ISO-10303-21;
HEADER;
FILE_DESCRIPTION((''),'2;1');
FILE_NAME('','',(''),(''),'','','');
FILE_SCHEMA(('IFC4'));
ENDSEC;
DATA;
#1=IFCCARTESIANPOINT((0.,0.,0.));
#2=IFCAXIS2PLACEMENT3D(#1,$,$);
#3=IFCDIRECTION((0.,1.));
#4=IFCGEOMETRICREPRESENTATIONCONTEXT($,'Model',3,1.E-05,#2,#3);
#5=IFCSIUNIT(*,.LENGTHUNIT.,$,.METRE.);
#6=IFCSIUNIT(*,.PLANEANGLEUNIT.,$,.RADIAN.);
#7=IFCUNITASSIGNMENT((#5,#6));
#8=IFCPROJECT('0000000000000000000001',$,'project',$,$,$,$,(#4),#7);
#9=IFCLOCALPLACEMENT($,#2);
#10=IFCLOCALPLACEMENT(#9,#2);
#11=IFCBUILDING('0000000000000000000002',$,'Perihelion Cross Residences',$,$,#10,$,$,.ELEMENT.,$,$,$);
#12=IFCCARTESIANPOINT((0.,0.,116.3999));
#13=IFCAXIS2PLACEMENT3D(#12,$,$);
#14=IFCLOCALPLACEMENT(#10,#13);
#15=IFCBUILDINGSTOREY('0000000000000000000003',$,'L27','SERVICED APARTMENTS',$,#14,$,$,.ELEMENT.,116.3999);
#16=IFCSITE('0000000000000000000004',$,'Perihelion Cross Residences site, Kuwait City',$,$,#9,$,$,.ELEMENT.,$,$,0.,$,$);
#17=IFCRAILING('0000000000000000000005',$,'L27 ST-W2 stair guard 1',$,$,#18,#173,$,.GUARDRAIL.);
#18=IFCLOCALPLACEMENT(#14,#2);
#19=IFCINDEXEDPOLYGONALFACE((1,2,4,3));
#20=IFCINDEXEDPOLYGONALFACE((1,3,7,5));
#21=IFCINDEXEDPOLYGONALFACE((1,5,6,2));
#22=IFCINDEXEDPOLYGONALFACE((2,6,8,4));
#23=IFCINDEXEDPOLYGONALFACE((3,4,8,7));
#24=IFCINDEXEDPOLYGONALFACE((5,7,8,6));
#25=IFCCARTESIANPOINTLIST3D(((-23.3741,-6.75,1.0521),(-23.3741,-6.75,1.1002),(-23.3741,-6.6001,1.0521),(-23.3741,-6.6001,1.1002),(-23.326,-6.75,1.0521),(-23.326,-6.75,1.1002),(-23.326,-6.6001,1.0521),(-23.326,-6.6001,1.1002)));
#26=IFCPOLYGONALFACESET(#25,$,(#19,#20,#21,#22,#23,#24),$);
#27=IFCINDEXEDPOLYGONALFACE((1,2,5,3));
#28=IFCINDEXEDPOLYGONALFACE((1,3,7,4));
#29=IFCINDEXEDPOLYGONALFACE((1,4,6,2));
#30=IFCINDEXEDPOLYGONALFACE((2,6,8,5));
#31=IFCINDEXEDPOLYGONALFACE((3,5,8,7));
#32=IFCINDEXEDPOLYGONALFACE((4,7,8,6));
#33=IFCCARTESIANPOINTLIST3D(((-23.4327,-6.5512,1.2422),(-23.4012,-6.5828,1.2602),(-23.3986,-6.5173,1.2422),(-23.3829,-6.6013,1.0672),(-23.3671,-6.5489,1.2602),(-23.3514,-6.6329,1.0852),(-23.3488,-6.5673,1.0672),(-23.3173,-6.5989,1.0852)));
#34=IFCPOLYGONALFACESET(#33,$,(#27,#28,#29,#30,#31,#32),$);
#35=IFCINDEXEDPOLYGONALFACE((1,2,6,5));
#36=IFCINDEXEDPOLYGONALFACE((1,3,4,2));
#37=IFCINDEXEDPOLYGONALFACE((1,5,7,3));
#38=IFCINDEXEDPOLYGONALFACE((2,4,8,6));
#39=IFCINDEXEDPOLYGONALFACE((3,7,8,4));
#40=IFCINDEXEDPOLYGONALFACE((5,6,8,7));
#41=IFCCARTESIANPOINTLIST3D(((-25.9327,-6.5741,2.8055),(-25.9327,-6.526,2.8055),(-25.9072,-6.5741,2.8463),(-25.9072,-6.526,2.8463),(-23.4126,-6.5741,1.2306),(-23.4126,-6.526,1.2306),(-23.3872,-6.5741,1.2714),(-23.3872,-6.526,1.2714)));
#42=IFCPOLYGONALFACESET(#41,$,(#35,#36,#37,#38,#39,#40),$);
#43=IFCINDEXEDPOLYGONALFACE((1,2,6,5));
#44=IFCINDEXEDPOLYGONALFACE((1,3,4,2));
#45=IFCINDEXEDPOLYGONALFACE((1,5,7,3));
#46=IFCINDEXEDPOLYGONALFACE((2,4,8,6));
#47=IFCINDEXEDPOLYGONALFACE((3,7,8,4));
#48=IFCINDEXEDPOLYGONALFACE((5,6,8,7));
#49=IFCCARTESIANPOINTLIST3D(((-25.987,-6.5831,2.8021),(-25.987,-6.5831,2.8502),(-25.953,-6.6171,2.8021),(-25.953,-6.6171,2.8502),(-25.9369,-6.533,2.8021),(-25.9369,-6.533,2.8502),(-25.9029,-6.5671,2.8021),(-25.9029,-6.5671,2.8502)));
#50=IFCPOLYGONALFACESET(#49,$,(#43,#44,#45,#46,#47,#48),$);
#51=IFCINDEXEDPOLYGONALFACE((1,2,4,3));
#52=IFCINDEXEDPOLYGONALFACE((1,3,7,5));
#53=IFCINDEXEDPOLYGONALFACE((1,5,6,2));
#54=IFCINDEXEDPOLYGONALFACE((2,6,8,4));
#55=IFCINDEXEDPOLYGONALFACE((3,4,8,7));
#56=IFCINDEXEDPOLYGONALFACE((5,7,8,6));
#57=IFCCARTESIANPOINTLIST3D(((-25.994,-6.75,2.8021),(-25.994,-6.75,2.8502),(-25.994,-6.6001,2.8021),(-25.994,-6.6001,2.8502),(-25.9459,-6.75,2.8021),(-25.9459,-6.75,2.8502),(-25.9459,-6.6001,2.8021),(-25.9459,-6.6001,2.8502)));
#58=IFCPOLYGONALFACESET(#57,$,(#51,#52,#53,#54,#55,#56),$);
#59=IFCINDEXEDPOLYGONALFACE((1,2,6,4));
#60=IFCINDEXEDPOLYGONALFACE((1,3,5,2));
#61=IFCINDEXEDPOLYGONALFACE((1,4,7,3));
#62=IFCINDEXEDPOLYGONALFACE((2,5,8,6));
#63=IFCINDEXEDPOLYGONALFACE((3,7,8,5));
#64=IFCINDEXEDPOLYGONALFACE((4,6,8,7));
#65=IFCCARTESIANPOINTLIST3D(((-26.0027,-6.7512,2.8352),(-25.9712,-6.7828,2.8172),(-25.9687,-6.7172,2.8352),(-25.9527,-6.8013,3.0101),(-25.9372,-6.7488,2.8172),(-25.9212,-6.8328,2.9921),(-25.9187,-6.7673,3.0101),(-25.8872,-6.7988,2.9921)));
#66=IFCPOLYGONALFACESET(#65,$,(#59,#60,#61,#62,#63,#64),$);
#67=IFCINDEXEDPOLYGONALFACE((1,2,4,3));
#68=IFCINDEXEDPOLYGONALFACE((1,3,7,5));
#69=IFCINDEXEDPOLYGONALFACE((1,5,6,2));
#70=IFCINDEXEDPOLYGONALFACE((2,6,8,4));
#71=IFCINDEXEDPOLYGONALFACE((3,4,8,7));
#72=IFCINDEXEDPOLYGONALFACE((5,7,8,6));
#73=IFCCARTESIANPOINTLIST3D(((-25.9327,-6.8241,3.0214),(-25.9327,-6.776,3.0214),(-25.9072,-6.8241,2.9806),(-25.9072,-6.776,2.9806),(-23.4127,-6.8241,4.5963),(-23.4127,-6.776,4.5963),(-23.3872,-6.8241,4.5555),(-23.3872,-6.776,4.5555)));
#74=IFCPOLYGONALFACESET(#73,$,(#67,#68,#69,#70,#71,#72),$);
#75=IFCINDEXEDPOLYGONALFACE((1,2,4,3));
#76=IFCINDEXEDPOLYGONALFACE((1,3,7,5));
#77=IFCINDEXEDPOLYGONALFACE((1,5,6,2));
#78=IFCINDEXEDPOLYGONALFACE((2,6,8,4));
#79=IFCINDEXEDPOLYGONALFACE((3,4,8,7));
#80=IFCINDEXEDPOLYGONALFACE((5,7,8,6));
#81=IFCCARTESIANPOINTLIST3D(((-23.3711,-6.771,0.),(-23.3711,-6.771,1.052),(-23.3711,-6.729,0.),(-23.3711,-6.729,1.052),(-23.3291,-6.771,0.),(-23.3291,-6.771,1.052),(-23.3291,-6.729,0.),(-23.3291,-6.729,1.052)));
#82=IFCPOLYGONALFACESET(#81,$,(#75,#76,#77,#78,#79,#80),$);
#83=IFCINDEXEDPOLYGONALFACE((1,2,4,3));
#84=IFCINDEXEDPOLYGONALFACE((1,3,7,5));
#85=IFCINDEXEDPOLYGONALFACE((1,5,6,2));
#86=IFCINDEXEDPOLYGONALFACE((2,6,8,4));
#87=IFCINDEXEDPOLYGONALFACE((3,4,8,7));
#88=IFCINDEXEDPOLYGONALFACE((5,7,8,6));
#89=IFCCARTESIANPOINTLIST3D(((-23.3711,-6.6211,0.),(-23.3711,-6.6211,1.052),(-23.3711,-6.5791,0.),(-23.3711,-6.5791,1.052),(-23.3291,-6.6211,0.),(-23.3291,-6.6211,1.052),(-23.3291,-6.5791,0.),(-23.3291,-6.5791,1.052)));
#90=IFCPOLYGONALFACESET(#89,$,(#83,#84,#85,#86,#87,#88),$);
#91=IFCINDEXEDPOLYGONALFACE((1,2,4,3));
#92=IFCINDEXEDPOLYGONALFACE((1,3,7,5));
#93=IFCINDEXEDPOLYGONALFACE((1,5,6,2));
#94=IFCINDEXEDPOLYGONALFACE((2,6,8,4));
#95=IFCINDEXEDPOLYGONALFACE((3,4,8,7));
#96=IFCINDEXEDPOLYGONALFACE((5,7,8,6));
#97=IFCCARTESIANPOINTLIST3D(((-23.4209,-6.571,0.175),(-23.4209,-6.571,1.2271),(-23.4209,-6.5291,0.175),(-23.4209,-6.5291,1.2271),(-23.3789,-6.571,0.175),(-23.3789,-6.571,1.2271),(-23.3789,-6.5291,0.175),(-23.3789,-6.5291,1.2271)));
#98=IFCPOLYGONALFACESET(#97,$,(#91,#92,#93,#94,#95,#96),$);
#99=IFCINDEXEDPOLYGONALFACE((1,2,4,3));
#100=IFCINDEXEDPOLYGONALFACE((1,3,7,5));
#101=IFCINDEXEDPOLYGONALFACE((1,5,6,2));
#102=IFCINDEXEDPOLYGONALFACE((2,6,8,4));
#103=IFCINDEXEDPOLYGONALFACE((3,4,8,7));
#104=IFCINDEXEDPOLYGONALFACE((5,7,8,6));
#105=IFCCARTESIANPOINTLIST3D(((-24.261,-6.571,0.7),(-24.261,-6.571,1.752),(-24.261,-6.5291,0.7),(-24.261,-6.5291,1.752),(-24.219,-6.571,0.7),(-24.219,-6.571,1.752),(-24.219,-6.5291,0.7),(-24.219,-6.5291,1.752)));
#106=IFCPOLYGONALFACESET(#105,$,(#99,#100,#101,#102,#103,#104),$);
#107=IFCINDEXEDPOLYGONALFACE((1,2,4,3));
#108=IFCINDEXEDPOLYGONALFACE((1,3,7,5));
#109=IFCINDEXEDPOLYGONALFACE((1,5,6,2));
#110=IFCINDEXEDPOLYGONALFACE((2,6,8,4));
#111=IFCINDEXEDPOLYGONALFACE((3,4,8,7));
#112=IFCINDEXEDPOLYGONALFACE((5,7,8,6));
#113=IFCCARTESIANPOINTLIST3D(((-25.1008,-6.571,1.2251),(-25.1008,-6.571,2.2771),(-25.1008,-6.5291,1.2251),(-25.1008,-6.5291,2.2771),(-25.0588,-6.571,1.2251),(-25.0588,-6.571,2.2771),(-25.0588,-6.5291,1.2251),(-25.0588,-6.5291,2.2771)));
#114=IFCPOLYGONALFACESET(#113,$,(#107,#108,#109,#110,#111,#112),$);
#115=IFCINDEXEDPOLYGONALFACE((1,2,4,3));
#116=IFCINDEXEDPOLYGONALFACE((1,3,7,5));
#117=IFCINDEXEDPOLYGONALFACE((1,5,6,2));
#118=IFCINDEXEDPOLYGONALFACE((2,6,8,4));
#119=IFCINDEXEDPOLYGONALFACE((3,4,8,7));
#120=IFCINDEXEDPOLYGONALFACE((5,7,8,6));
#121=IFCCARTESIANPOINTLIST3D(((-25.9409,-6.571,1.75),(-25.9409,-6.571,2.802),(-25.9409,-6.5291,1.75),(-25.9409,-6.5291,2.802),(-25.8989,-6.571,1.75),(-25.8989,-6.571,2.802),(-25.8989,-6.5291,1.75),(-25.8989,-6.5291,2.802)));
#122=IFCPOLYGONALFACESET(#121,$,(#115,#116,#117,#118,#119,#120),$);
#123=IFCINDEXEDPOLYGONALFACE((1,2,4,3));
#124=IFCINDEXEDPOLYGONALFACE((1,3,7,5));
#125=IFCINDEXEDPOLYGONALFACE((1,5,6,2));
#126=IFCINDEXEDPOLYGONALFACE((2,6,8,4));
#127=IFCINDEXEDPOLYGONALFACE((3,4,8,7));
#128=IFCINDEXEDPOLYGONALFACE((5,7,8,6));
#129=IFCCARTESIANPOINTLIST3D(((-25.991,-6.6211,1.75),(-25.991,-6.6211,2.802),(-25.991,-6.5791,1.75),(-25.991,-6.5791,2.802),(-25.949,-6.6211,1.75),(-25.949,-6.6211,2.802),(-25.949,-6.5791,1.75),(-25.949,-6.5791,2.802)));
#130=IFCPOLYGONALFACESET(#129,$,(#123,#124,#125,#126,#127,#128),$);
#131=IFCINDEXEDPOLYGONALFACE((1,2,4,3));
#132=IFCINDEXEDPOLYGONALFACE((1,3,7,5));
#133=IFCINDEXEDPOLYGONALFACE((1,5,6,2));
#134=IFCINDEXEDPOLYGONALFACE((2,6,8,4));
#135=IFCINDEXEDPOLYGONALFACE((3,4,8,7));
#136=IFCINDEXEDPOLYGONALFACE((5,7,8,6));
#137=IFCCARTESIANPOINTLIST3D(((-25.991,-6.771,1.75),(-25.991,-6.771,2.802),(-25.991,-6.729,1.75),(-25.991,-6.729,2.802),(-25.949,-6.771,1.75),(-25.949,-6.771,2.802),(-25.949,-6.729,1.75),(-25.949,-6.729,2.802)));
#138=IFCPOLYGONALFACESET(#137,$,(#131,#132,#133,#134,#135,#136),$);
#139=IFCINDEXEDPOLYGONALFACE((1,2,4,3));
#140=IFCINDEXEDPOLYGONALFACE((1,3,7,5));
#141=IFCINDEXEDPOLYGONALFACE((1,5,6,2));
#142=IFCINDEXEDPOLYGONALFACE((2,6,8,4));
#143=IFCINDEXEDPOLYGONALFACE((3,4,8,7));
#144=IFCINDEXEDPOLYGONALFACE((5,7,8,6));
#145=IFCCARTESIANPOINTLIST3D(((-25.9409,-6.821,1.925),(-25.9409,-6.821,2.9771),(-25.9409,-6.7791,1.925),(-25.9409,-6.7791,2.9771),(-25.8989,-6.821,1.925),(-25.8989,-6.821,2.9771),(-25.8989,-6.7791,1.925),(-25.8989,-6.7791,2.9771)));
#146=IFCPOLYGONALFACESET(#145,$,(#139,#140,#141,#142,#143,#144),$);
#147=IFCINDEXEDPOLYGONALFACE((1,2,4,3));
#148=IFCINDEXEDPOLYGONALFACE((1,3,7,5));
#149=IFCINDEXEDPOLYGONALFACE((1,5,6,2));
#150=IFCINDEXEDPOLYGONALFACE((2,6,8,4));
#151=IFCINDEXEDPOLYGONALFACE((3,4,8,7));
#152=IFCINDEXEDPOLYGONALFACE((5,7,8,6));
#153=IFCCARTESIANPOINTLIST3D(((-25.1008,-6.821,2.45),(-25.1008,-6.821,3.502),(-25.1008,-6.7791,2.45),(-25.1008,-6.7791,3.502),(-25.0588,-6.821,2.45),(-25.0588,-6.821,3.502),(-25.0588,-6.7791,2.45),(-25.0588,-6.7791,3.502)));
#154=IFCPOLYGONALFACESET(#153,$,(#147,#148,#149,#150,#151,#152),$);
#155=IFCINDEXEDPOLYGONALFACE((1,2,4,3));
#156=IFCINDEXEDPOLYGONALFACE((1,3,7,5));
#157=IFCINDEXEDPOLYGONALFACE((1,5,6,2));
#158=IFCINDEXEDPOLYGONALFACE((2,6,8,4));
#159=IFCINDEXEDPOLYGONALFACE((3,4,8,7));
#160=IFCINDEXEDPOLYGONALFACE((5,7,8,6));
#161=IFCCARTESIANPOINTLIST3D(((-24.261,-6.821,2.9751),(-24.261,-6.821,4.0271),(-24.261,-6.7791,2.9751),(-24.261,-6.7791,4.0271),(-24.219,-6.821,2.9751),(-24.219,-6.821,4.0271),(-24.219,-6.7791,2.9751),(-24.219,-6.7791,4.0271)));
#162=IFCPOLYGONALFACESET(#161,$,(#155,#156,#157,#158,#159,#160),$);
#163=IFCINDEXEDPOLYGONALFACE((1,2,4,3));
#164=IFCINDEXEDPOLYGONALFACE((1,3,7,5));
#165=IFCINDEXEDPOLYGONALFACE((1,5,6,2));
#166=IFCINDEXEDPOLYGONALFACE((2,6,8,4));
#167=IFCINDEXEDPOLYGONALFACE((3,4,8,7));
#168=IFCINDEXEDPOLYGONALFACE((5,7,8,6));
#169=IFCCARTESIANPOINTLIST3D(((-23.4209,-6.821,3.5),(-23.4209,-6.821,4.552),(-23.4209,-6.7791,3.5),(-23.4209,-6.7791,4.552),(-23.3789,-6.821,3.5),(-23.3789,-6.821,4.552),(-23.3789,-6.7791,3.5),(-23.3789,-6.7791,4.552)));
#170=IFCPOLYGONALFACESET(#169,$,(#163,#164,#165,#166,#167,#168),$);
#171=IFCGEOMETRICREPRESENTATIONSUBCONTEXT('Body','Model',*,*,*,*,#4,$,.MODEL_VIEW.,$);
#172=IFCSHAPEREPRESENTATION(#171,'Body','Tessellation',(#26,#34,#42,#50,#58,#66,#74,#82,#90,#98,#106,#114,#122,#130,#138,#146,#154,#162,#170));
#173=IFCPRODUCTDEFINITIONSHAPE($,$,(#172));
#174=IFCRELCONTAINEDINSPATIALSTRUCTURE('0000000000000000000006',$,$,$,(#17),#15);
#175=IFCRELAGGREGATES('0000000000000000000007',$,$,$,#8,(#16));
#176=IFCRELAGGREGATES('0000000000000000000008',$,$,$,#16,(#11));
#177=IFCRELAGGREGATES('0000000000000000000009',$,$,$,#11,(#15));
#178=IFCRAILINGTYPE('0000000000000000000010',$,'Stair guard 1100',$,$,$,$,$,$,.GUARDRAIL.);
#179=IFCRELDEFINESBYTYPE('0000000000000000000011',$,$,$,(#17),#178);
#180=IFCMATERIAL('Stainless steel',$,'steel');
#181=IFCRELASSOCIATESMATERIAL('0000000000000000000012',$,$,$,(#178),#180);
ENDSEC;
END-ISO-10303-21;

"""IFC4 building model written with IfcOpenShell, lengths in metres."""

from ifc_helpers import new_model, si_unit, direction, frame, origin, origin_2d, place, context, subcontext, project, spatial, rectangle, extrude, material, type_object, element, save


model = new_model("IFC4")

# Units and contexts
model_context = context("Model", 3, precision=1e-05, world=origin(), true_north=direction((0.0, 1.0)))
body_context = subcontext(model_context, "Body", "Model", "MODEL_VIEW")
ifc_project = project(units=[si_unit("LENGTHUNIT", "METRE"), si_unit("PLANEANGLEUNIT", "RADIAN")], contexts=[model_context])

# Site, building, storey
site_placement = place(None, origin())
site = spatial("IfcSite", under=ifc_project, at=site_placement, Name="Perihelion Cross Residences site, Kuwait City", CompositionType="ELEMENT", RefElevation=0.0)
building_placement = place(site_placement, origin())
building = spatial("IfcBuilding", under=site, at=building_placement, Name="Perihelion Cross Residences", CompositionType="ELEMENT")
storey_placement = place(building_placement, frame((0.0, 0.0, 116.3999)))
storey = spatial("IfcBuildingStorey", under=building, at=storey_placement, Name="L27", Description="SERVICED APARTMENTS", CompositionType="ELEMENT", Elevation=116.3999)

# Railing
ifc_material_1 = material(Name="Stainless steel", Category="steel")
railing_type_1 = type_object("IfcRailingType", Name="Stair guard 1100", PredefinedType="GUARDRAIL", material=ifc_material_1)
railing_1_placement = place(storey_placement, frame((-23.3501, -6.75, 0.0)))
element("IfcRailing", 1, at=railing_1_placement, inside=storey, type_object=railing_type_1, Name="L27 ST-W2 stair guard 1", PredefinedType="GUARDRAIL", context=body_context, shape_type="SweptSolid", body=[
    extrude(rectangle(XDim=0.0481, YDim=0.0481, at=origin_2d()), frame((0.0, 0.0, 1.0762), z_axis=(0.0, 1.0, 0.0), x_axis=(-1.0, 0.0, 0.0)), (0.0, 0.0, 1.0), 0.1499),
    extrude(rectangle(XDim=0.0481, YDim=0.0481, at=origin_2d()), frame((0.0, 0.1499, 1.0762), z_axis=(-0.263862, 0.265156, 0.927399), x_axis=(-0.708834, -0.705376, 0.0)), (0.0, 0.0, 1.0), 0.1887),
    extrude(rectangle(XDim=0.0481, YDim=0.0481, at=origin_2d()), frame((-0.0498, 0.2, 1.251), z_axis=(-0.848008, 0.0, 0.529984), x_axis=(0.0, -1.0, 0.0)), (0.0, 0.0, 1.0), 2.9717),
    extrude(rectangle(XDim=0.0481, YDim=0.0481, at=origin_2d()), frame((-2.5698, 0.2, 2.8262), z_axis=(-0.707107, -0.707107, 0.0), x_axis=(0.707107, -0.707107, 0.0)), (0.0, 0.0, 1.0), 0.0708),
    extrude(rectangle(XDim=0.0481, YDim=0.0481, at=origin_2d()), frame((-2.6199, 0.1499, 2.8262), z_axis=(0.0, -1.0, 0.0), x_axis=(1.0, 0.0, 0.0)), (0.0, 0.0, 1.0), 0.1499),
    extrude(rectangle(XDim=0.0481, YDim=0.0481, at=origin_2d()), frame((-2.6199, 0.0, 2.8262), z_axis=(0.265065, -0.265065, 0.927082), x_axis=(0.707107, 0.707107, 0.0)), (0.0, 0.0, 1.0), 0.1887),
    extrude(rectangle(XDim=0.0481, YDim=0.0481, at=origin_2d()), frame((-2.5698, -0.05, 3.001), z_axis=(0.848008, 0.0, 0.529984), x_axis=(0.0, 1.0, 0.0)), (0.0, 0.0, 1.0), 2.9717),
    extrude(rectangle(XDim=0.042, YDim=0.042, at=origin_2d()), origin(), (0.0, 0.0, 1.0), 1.052),
    extrude(rectangle(XDim=0.042, YDim=0.042, at=origin_2d()), frame((0.0, 0.1499, 0.0)), (0.0, 0.0, 1.0), 1.052),
    extrude(rectangle(XDim=0.042, YDim=0.042, at=origin_2d()), frame((-0.0498, 0.2, 0.175)), (0.0, 0.0, 1.0), 1.052),
    extrude(rectangle(XDim=0.042, YDim=0.042, at=origin_2d()), frame((-0.8899, 0.2, 0.7)), (0.0, 0.0, 1.0), 1.052),
    extrude(rectangle(XDim=0.042, YDim=0.042, at=origin_2d()), frame((-1.7297, 0.2, 1.2251)), (0.0, 0.0, 1.0), 1.052),
    extrude(rectangle(XDim=0.042, YDim=0.042, at=origin_2d()), frame((-2.5698, 0.2, 1.75)), (0.0, 0.0, 1.0), 1.052),
    extrude(rectangle(XDim=0.042, YDim=0.042, at=origin_2d()), frame((-2.6199, 0.1499, 1.75)), (0.0, 0.0, 1.0), 1.052),
    extrude(rectangle(XDim=0.042, YDim=0.042, at=origin_2d()), frame((-2.6199, 0.0, 1.75)), (0.0, 0.0, 1.0), 1.052),
    extrude(rectangle(XDim=0.042, YDim=0.042, at=origin_2d()), frame((-2.5698, -0.05, 1.925)), (0.0, 0.0, 1.0), 1.052),
    extrude(rectangle(XDim=0.042, YDim=0.042, at=origin_2d()), frame((-1.7297, -0.05, 2.45)), (0.0, 0.0, 1.0), 1.052),
    extrude(rectangle(XDim=0.042, YDim=0.042, at=origin_2d()), frame((-0.8899, -0.05, 2.9751)), (0.0, 0.0, 1.0), 1.052),
    extrude(rectangle(XDim=0.042, YDim=0.042, at=origin_2d()), frame((-0.0498, -0.05, 3.5)), (0.0, 0.0, 1.0), 1.052),
])

save(model, "model.ifc")
